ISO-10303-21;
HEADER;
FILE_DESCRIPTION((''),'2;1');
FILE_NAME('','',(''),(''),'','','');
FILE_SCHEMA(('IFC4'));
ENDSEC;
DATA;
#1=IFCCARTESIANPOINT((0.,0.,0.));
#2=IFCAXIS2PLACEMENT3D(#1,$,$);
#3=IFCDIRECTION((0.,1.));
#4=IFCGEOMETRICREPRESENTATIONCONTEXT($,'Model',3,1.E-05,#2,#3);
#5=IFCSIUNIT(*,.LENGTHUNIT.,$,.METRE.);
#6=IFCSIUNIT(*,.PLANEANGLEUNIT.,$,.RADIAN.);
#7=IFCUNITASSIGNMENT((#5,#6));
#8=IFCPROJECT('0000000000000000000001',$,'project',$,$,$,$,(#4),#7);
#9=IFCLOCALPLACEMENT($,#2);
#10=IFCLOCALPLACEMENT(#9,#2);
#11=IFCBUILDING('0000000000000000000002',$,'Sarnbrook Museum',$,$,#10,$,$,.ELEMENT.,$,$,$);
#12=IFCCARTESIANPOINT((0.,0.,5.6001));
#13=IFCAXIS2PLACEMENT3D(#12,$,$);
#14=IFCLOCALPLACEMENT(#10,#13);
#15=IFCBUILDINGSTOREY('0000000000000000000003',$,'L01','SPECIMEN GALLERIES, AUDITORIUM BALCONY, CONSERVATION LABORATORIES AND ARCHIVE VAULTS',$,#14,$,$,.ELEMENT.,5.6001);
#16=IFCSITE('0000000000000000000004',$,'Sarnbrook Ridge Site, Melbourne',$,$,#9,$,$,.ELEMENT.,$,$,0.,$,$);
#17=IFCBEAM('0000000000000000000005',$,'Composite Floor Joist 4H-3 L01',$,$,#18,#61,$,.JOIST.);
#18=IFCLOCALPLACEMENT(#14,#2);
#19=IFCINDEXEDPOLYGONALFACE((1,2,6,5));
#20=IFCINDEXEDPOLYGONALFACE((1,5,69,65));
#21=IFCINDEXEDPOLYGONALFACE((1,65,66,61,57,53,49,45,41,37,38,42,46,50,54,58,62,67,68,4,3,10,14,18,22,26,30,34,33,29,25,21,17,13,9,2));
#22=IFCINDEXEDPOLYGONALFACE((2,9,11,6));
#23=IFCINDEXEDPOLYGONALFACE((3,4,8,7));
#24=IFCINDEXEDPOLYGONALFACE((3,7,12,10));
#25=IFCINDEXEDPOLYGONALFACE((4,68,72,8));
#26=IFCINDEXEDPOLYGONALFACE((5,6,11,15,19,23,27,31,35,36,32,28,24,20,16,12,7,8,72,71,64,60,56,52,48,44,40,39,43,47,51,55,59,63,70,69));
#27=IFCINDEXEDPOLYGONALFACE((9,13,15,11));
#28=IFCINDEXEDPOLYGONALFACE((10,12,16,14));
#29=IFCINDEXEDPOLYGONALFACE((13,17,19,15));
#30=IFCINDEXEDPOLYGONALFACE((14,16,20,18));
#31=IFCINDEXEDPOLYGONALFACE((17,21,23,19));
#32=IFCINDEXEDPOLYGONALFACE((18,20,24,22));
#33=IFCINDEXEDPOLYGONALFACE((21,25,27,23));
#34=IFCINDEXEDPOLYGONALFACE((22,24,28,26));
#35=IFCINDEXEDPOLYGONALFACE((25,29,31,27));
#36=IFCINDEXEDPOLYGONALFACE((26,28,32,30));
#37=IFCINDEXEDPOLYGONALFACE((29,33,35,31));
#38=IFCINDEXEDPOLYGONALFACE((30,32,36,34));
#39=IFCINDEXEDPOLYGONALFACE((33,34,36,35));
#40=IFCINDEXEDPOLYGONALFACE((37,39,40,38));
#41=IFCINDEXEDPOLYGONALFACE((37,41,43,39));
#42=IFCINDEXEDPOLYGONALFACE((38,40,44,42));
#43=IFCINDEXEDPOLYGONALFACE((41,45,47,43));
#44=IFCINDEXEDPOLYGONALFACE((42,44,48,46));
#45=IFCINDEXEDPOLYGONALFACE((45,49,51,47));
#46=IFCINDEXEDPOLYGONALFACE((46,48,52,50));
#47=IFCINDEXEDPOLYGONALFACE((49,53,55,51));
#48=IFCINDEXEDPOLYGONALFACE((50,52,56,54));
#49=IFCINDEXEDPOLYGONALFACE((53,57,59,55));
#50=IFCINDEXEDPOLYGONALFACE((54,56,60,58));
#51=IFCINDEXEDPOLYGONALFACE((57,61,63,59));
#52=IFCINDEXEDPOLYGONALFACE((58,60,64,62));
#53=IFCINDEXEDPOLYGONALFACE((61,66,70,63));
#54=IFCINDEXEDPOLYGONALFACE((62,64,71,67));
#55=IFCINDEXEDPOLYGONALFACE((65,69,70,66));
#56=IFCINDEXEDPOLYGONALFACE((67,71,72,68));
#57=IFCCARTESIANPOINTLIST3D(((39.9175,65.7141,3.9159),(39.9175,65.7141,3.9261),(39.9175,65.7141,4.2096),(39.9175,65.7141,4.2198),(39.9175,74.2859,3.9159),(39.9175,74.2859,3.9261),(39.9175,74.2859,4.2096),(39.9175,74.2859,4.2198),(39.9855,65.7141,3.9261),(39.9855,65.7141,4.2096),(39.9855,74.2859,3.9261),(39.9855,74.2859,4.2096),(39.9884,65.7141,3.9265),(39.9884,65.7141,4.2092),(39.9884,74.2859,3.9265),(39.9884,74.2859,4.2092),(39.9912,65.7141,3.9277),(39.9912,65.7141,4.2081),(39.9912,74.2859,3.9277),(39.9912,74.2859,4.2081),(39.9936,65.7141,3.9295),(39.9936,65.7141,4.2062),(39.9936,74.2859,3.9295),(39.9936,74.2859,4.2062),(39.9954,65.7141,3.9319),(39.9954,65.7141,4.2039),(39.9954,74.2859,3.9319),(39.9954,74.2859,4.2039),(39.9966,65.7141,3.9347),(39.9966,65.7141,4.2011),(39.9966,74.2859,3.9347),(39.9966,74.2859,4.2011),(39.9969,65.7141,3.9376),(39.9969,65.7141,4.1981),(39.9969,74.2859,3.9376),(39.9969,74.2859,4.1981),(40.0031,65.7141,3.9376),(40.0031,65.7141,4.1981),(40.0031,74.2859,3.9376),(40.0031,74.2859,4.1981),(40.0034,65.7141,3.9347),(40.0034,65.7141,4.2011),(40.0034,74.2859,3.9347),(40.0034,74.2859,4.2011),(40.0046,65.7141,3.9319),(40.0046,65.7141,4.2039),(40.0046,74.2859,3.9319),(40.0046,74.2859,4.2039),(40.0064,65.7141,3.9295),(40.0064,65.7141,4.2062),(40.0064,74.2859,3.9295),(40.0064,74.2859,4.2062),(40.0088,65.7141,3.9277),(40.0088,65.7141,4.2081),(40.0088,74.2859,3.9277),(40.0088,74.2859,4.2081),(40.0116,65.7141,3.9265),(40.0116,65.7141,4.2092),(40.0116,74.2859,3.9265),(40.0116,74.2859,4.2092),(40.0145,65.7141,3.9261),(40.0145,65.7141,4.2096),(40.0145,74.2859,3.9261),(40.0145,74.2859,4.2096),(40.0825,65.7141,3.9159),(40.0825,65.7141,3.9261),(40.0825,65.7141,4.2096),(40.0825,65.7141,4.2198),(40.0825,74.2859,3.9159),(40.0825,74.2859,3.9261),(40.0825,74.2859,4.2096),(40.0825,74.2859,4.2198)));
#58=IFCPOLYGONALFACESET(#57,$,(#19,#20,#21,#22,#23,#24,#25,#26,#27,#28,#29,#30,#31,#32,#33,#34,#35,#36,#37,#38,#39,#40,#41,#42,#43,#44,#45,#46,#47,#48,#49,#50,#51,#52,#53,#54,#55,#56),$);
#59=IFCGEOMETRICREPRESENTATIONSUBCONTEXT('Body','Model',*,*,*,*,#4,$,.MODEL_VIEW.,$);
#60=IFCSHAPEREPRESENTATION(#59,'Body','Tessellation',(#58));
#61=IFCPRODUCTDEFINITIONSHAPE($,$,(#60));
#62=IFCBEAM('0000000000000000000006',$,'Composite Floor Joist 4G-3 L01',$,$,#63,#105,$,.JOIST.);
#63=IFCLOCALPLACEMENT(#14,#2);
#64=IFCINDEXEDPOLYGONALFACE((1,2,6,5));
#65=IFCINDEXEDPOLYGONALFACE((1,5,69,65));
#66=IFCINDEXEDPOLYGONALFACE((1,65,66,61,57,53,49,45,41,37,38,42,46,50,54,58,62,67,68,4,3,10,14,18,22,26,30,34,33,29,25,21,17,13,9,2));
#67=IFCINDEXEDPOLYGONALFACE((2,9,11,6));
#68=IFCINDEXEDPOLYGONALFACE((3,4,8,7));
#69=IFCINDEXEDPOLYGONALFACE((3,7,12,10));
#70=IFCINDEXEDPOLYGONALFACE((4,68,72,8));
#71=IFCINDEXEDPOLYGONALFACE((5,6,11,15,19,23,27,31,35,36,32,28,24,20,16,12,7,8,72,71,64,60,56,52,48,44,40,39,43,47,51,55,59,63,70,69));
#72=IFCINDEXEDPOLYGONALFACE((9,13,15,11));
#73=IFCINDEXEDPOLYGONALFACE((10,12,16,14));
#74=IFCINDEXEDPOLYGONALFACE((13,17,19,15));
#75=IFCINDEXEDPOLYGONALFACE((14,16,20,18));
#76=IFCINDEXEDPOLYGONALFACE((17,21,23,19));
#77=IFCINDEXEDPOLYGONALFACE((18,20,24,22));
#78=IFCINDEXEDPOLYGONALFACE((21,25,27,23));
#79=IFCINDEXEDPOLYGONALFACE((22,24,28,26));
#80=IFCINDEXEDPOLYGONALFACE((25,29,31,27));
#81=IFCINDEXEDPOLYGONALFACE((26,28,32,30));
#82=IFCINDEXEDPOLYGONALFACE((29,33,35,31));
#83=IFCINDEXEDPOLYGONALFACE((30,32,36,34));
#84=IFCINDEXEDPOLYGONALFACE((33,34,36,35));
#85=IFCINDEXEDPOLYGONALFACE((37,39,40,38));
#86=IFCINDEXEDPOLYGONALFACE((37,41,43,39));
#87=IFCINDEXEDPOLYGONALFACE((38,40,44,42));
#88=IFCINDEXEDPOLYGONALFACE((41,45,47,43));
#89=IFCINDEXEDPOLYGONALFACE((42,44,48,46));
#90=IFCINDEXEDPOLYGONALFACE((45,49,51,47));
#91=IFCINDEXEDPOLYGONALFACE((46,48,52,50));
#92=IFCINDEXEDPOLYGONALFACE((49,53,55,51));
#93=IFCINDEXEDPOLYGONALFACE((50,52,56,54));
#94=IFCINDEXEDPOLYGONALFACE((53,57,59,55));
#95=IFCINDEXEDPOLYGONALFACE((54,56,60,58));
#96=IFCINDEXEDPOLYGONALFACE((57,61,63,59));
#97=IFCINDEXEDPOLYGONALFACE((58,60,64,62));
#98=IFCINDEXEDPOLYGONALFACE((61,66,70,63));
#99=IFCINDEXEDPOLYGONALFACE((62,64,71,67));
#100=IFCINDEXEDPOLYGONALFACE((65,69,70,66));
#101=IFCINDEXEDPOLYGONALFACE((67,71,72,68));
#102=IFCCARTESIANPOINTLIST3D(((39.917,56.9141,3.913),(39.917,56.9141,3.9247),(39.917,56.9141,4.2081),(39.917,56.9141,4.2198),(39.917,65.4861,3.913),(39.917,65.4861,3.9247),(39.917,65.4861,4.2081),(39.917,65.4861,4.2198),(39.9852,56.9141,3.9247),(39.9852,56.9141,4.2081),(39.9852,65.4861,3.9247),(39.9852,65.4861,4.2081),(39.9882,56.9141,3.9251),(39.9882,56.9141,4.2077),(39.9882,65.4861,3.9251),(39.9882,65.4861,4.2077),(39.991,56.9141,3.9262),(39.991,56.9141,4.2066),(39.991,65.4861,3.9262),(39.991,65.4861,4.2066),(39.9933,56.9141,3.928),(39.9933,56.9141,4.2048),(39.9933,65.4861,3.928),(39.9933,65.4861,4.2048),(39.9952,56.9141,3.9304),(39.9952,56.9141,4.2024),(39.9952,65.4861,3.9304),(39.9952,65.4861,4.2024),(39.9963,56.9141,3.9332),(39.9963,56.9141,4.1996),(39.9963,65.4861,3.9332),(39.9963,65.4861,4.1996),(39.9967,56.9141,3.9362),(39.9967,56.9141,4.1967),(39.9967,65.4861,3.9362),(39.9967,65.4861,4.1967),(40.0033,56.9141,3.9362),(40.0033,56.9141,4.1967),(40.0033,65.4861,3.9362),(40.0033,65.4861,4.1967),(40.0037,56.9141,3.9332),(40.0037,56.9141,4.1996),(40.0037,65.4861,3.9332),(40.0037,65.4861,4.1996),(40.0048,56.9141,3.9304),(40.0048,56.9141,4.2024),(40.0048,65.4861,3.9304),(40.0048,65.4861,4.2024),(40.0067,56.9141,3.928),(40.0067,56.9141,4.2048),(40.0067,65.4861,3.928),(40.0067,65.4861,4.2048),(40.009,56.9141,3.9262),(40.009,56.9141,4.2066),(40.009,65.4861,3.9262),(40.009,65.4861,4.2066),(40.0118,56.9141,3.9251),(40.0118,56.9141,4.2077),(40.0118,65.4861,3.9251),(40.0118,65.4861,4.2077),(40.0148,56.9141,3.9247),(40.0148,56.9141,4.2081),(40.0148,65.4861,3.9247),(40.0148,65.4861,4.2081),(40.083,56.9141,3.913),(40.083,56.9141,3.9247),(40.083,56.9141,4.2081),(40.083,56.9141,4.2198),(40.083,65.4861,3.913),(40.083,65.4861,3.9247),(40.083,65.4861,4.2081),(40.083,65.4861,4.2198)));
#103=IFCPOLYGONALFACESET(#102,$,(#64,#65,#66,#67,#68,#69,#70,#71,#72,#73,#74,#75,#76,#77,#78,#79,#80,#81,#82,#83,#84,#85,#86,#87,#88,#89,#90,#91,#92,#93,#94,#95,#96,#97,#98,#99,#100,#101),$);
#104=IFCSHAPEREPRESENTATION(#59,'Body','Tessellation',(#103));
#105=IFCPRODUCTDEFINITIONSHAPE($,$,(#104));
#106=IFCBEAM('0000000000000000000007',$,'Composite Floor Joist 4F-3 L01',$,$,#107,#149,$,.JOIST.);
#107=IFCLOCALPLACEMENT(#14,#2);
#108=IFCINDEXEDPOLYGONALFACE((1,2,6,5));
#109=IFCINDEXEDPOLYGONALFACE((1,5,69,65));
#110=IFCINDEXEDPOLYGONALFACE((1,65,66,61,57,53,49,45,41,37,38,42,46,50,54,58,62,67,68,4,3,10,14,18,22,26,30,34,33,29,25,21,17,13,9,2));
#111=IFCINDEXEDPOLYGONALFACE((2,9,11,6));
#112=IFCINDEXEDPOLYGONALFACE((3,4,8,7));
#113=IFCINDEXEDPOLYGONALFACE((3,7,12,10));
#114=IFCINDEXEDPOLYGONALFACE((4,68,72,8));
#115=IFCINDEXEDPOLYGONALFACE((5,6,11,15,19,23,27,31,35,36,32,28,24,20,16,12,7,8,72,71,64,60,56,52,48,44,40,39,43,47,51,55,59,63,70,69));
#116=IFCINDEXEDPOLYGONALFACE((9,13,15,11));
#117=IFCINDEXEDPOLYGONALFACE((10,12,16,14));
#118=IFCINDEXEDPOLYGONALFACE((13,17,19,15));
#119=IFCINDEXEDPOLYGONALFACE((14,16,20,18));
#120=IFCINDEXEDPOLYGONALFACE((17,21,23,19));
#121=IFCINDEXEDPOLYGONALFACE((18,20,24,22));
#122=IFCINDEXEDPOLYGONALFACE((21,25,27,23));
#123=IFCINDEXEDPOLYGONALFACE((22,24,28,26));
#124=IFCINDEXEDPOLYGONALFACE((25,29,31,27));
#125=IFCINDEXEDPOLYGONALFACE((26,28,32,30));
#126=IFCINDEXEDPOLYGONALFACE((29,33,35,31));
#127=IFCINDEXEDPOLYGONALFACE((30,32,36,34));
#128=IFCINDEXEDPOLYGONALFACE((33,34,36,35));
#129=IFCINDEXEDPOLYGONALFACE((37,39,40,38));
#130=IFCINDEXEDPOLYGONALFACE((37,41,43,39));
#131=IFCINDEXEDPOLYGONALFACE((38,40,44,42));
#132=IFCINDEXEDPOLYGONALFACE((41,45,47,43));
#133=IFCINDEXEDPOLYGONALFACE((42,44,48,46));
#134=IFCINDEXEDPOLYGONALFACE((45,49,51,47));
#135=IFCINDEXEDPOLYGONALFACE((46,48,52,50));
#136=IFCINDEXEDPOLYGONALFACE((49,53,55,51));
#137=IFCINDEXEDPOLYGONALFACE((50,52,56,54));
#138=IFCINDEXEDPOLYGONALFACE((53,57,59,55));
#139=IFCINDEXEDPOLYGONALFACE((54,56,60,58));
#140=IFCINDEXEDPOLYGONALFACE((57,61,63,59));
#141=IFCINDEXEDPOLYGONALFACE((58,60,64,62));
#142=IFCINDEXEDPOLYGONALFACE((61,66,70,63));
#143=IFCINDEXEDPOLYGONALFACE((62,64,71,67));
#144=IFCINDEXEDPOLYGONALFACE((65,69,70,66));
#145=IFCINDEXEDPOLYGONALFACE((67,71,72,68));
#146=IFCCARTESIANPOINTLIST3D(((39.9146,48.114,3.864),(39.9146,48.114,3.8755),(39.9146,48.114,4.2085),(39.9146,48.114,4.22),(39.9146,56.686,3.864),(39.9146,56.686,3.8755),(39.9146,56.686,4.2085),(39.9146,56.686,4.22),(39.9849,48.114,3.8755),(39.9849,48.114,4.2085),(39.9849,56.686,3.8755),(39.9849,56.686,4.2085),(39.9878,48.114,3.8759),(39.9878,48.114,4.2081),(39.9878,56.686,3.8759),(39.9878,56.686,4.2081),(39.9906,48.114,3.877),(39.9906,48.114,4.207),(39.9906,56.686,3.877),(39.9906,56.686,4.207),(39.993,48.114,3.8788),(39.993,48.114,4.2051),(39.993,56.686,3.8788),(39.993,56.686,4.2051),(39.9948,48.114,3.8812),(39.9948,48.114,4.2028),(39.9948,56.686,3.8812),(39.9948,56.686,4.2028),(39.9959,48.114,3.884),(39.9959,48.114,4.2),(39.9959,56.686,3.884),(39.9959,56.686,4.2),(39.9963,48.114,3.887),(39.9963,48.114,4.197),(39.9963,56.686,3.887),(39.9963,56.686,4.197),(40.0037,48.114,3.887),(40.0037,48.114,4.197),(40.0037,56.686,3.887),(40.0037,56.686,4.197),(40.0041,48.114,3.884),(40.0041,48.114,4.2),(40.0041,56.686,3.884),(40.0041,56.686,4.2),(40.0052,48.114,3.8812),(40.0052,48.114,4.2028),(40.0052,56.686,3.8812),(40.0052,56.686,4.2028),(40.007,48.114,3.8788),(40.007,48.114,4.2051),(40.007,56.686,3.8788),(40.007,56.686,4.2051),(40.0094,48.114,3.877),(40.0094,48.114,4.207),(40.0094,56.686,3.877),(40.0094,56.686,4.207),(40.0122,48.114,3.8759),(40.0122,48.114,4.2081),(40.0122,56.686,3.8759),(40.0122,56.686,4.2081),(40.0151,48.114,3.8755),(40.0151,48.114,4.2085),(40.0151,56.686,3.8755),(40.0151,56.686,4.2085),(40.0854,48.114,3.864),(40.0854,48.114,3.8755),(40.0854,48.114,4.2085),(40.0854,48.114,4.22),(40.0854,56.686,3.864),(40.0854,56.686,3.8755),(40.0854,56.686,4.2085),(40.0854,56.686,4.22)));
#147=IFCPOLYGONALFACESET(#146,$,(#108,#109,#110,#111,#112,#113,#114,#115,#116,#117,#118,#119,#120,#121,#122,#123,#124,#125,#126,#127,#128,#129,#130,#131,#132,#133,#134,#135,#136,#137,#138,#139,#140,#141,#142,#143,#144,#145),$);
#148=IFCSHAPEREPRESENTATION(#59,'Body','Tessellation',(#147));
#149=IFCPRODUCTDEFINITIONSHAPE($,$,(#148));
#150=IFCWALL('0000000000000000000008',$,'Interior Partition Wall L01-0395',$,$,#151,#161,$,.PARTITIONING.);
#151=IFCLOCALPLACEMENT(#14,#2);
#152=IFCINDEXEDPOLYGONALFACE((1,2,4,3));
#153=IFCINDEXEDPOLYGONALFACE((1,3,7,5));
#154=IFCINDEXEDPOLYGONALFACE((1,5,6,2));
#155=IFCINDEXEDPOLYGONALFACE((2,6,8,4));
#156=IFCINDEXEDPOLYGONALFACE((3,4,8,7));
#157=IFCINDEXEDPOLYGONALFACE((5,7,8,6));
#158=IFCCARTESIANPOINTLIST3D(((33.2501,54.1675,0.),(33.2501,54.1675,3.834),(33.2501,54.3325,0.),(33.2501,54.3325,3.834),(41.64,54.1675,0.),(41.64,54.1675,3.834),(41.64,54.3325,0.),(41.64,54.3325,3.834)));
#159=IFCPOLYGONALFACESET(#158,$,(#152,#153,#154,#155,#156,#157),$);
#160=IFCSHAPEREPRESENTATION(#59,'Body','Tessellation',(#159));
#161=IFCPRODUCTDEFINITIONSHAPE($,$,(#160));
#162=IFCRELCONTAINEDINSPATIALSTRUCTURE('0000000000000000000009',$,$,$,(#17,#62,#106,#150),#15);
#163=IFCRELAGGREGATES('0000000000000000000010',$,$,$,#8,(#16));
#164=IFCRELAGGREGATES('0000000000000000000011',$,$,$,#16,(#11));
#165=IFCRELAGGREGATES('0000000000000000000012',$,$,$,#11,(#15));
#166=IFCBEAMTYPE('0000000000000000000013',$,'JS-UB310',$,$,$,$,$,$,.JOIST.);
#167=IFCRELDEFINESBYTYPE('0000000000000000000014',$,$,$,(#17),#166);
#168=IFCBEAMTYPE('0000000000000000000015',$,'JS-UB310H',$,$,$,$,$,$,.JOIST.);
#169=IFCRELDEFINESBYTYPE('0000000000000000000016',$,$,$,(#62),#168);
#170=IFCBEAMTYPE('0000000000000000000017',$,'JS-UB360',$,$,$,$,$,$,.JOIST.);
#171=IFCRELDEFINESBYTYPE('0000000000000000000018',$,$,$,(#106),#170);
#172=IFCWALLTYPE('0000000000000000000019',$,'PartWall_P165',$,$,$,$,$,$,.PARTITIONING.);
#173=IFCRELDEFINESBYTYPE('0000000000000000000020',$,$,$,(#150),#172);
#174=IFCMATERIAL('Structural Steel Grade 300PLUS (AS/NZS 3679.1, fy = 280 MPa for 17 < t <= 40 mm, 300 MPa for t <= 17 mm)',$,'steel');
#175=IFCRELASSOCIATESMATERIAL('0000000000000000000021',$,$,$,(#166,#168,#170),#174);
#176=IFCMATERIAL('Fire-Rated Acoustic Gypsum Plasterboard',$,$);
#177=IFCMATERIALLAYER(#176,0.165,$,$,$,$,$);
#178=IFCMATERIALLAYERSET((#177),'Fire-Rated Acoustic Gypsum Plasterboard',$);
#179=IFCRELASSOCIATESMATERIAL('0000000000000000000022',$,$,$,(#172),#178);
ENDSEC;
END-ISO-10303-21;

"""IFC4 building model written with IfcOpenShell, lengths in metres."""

from ifc_helpers import new_model, si_unit, direction, frame, frame_2d, origin, origin_2d, place, context, subcontext, project, spatial, rectangle, i_section, extrude, material, layer, layer_set, material_profile, profile_set, type_object, element, save


model = new_model("IFC4")

# Units and contexts
model_context = context("Model", 3, precision=1e-05, world=origin(), true_north=direction((0.0, 1.0)))
body_context = subcontext(model_context, "Body", "Model", "MODEL_VIEW")
ifc_project = project(units=[si_unit("LENGTHUNIT", "METRE"), si_unit("PLANEANGLEUNIT", "RADIAN")], contexts=[model_context])

# Site, building, storey
site_placement = place(None, origin())
site = spatial("IfcSite", under=ifc_project, at=site_placement, Name="Sarnbrook Ridge Site, Melbourne", CompositionType="ELEMENT", RefElevation=0.0)
building_placement = place(site_placement, origin())
building = spatial("IfcBuilding", under=site, at=building_placement, Name="Sarnbrook Museum", CompositionType="ELEMENT")
storey_placement = place(building_placement, frame((0.0, 0.0, 5.6001)))
storey = spatial("IfcBuildingStorey", under=building, at=storey_placement, Name="L01", Description="SPECIMEN GALLERIES, AUDITORIUM BALCONY, CONSERVATION LABORATORIES AND ARCHIVE VAULTS", CompositionType="ELEMENT", Elevation=5.6001)

# Shared definitions
ifc_material_1 = material(Name="Structural Steel Grade 300PLUS (AS/NZS 3679.1, fy = 280 MPa for 17 < t <= 40 mm, 300 MPa for t <= 17 mm)", Category="steel")

# Beams
ifc_material_profile_1 = material_profile(ifc_material_1, i_section(OverallWidth=0.165, OverallDepth=0.304, WebThickness=0.0061, FlangeThickness=0.0103, FilletRadius=0.0115, at=origin_2d()), Name="310UB40.4")
ifc_profile_set_1 = profile_set([ifc_material_profile_1], Name="Structural Steel Grade 300PLUS (AS/NZS 3679.1, fy = 280 MPa for 17 < t <= 40 mm, 300 MPa for t <= 17 mm)")
beam_type_1 = type_object("IfcBeamType", Name="JS-UB310", PredefinedType="JOIST", material=ifc_profile_set_1)
beam_1_placement = place(storey_placement, frame((40.0, 65.7141, 4.0679), z_axis=(0.0, 1.0, 0.0), x_axis=(-1.0, 0.0, 0.0)))
element("IfcBeam", 1, at=beam_1_placement, inside=storey, type_object=beam_type_1, Name="Composite Floor Joist 4H-3 L01", PredefinedType="JOIST", context=body_context, shape_type="SweptSolid", body=[
    extrude(i_section(OverallWidth=0.165, OverallDepth=0.304, WebThickness=0.0061, FlangeThickness=0.0103, FilletRadius=0.0115, at=origin_2d()), origin(), (0.0, 0.0, 1.0), 8.5718),
])
ifc_material_profile_2 = material_profile(ifc_material_1, i_section(OverallWidth=0.166, OverallDepth=0.3069, WebThickness=0.0066, FlangeThickness=0.0117, FilletRadius=0.0115, at=origin_2d()), Name="310UB46.2")
ifc_profile_set_2 = profile_set([ifc_material_profile_2], Name="Structural Steel Grade 300PLUS (AS/NZS 3679.1, fy = 280 MPa for 17 < t <= 40 mm, 300 MPa for t <= 17 mm)")
beam_type_2 = type_object("IfcBeamType", Name="JS-UB310H", PredefinedType="JOIST", material=ifc_profile_set_2)
beam_2_placement = place(storey_placement, frame((40.0, 56.9141, 4.0664), z_axis=(0.0, 1.0, 0.0), x_axis=(-1.0, 0.0, 0.0)))
element("IfcBeam", 2, at=beam_2_placement, inside=storey, type_object=beam_type_2, Name="Composite Floor Joist 4G-3 L01", PredefinedType="JOIST", context=body_context, shape_type="SweptSolid", body=[
    extrude(i_section(OverallWidth=0.166, OverallDepth=0.3069, WebThickness=0.0066, FlangeThickness=0.0117, FilletRadius=0.0115, at=origin_2d()), origin(), (0.0, 0.0, 1.0), 8.572),
])
ifc_material_profile_3 = material_profile(ifc_material_1, i_section(OverallWidth=0.1709, OverallDepth=0.356, WebThickness=0.0073, FlangeThickness=0.0115, FilletRadius=0.0115, at=origin_2d()), Name="360UB50.7")
ifc_profile_set_3 = profile_set([ifc_material_profile_3], Name="Structural Steel Grade 300PLUS (AS/NZS 3679.1, fy = 280 MPa for 17 < t <= 40 mm, 300 MPa for t <= 17 mm)")
beam_type_3 = type_object("IfcBeamType", Name="JS-UB360", PredefinedType="JOIST", material=ifc_profile_set_3)
beam_3_placement = place(storey_placement, frame((40.0, 48.114, 4.042), z_axis=(0.0, 1.0, 0.0), x_axis=(-1.0, 0.0, 0.0)))
element("IfcBeam", 3, at=beam_3_placement, inside=storey, type_object=beam_type_3, Name="Composite Floor Joist 4F-3 L01", PredefinedType="JOIST", context=body_context, shape_type="SweptSolid", body=[
    extrude(i_section(OverallWidth=0.1709, OverallDepth=0.356, WebThickness=0.0073, FlangeThickness=0.0115, FilletRadius=0.0115, at=origin_2d()), origin(), (0.0, 0.0, 1.0), 8.572),
])

# Wall
ifc_material_2 = material(Name="Fire-Rated Acoustic Gypsum Plasterboard")
ifc_layer_1 = layer(ifc_material_2, 0.165)
ifc_layer_set_1 = layer_set([ifc_layer_1], Name="Fire-Rated Acoustic Gypsum Plasterboard")
wall_type_1 = type_object("IfcWallType", Name="PartWall_P165", PredefinedType="PARTITIONING", material=ifc_layer_set_1)
wall_1_placement = place(storey_placement, frame((41.6399, 54.25, 0.0), z_axis=(0.0, 0.0, 1.0), x_axis=(-1.0, 0.0, 0.0)))
element("IfcWall", 4, at=wall_1_placement, inside=storey, type_object=wall_type_1, Name="Interior Partition Wall L01-0395", PredefinedType="PARTITIONING", context=body_context, shape_type="SweptSolid", body=[
    extrude(rectangle(XDim=8.3899, YDim=0.165, at=frame_2d((4.1948, 0.0))), origin(), (0.0, 0.0, 1.0), 3.834),
])

save(model, "model.ifc")
